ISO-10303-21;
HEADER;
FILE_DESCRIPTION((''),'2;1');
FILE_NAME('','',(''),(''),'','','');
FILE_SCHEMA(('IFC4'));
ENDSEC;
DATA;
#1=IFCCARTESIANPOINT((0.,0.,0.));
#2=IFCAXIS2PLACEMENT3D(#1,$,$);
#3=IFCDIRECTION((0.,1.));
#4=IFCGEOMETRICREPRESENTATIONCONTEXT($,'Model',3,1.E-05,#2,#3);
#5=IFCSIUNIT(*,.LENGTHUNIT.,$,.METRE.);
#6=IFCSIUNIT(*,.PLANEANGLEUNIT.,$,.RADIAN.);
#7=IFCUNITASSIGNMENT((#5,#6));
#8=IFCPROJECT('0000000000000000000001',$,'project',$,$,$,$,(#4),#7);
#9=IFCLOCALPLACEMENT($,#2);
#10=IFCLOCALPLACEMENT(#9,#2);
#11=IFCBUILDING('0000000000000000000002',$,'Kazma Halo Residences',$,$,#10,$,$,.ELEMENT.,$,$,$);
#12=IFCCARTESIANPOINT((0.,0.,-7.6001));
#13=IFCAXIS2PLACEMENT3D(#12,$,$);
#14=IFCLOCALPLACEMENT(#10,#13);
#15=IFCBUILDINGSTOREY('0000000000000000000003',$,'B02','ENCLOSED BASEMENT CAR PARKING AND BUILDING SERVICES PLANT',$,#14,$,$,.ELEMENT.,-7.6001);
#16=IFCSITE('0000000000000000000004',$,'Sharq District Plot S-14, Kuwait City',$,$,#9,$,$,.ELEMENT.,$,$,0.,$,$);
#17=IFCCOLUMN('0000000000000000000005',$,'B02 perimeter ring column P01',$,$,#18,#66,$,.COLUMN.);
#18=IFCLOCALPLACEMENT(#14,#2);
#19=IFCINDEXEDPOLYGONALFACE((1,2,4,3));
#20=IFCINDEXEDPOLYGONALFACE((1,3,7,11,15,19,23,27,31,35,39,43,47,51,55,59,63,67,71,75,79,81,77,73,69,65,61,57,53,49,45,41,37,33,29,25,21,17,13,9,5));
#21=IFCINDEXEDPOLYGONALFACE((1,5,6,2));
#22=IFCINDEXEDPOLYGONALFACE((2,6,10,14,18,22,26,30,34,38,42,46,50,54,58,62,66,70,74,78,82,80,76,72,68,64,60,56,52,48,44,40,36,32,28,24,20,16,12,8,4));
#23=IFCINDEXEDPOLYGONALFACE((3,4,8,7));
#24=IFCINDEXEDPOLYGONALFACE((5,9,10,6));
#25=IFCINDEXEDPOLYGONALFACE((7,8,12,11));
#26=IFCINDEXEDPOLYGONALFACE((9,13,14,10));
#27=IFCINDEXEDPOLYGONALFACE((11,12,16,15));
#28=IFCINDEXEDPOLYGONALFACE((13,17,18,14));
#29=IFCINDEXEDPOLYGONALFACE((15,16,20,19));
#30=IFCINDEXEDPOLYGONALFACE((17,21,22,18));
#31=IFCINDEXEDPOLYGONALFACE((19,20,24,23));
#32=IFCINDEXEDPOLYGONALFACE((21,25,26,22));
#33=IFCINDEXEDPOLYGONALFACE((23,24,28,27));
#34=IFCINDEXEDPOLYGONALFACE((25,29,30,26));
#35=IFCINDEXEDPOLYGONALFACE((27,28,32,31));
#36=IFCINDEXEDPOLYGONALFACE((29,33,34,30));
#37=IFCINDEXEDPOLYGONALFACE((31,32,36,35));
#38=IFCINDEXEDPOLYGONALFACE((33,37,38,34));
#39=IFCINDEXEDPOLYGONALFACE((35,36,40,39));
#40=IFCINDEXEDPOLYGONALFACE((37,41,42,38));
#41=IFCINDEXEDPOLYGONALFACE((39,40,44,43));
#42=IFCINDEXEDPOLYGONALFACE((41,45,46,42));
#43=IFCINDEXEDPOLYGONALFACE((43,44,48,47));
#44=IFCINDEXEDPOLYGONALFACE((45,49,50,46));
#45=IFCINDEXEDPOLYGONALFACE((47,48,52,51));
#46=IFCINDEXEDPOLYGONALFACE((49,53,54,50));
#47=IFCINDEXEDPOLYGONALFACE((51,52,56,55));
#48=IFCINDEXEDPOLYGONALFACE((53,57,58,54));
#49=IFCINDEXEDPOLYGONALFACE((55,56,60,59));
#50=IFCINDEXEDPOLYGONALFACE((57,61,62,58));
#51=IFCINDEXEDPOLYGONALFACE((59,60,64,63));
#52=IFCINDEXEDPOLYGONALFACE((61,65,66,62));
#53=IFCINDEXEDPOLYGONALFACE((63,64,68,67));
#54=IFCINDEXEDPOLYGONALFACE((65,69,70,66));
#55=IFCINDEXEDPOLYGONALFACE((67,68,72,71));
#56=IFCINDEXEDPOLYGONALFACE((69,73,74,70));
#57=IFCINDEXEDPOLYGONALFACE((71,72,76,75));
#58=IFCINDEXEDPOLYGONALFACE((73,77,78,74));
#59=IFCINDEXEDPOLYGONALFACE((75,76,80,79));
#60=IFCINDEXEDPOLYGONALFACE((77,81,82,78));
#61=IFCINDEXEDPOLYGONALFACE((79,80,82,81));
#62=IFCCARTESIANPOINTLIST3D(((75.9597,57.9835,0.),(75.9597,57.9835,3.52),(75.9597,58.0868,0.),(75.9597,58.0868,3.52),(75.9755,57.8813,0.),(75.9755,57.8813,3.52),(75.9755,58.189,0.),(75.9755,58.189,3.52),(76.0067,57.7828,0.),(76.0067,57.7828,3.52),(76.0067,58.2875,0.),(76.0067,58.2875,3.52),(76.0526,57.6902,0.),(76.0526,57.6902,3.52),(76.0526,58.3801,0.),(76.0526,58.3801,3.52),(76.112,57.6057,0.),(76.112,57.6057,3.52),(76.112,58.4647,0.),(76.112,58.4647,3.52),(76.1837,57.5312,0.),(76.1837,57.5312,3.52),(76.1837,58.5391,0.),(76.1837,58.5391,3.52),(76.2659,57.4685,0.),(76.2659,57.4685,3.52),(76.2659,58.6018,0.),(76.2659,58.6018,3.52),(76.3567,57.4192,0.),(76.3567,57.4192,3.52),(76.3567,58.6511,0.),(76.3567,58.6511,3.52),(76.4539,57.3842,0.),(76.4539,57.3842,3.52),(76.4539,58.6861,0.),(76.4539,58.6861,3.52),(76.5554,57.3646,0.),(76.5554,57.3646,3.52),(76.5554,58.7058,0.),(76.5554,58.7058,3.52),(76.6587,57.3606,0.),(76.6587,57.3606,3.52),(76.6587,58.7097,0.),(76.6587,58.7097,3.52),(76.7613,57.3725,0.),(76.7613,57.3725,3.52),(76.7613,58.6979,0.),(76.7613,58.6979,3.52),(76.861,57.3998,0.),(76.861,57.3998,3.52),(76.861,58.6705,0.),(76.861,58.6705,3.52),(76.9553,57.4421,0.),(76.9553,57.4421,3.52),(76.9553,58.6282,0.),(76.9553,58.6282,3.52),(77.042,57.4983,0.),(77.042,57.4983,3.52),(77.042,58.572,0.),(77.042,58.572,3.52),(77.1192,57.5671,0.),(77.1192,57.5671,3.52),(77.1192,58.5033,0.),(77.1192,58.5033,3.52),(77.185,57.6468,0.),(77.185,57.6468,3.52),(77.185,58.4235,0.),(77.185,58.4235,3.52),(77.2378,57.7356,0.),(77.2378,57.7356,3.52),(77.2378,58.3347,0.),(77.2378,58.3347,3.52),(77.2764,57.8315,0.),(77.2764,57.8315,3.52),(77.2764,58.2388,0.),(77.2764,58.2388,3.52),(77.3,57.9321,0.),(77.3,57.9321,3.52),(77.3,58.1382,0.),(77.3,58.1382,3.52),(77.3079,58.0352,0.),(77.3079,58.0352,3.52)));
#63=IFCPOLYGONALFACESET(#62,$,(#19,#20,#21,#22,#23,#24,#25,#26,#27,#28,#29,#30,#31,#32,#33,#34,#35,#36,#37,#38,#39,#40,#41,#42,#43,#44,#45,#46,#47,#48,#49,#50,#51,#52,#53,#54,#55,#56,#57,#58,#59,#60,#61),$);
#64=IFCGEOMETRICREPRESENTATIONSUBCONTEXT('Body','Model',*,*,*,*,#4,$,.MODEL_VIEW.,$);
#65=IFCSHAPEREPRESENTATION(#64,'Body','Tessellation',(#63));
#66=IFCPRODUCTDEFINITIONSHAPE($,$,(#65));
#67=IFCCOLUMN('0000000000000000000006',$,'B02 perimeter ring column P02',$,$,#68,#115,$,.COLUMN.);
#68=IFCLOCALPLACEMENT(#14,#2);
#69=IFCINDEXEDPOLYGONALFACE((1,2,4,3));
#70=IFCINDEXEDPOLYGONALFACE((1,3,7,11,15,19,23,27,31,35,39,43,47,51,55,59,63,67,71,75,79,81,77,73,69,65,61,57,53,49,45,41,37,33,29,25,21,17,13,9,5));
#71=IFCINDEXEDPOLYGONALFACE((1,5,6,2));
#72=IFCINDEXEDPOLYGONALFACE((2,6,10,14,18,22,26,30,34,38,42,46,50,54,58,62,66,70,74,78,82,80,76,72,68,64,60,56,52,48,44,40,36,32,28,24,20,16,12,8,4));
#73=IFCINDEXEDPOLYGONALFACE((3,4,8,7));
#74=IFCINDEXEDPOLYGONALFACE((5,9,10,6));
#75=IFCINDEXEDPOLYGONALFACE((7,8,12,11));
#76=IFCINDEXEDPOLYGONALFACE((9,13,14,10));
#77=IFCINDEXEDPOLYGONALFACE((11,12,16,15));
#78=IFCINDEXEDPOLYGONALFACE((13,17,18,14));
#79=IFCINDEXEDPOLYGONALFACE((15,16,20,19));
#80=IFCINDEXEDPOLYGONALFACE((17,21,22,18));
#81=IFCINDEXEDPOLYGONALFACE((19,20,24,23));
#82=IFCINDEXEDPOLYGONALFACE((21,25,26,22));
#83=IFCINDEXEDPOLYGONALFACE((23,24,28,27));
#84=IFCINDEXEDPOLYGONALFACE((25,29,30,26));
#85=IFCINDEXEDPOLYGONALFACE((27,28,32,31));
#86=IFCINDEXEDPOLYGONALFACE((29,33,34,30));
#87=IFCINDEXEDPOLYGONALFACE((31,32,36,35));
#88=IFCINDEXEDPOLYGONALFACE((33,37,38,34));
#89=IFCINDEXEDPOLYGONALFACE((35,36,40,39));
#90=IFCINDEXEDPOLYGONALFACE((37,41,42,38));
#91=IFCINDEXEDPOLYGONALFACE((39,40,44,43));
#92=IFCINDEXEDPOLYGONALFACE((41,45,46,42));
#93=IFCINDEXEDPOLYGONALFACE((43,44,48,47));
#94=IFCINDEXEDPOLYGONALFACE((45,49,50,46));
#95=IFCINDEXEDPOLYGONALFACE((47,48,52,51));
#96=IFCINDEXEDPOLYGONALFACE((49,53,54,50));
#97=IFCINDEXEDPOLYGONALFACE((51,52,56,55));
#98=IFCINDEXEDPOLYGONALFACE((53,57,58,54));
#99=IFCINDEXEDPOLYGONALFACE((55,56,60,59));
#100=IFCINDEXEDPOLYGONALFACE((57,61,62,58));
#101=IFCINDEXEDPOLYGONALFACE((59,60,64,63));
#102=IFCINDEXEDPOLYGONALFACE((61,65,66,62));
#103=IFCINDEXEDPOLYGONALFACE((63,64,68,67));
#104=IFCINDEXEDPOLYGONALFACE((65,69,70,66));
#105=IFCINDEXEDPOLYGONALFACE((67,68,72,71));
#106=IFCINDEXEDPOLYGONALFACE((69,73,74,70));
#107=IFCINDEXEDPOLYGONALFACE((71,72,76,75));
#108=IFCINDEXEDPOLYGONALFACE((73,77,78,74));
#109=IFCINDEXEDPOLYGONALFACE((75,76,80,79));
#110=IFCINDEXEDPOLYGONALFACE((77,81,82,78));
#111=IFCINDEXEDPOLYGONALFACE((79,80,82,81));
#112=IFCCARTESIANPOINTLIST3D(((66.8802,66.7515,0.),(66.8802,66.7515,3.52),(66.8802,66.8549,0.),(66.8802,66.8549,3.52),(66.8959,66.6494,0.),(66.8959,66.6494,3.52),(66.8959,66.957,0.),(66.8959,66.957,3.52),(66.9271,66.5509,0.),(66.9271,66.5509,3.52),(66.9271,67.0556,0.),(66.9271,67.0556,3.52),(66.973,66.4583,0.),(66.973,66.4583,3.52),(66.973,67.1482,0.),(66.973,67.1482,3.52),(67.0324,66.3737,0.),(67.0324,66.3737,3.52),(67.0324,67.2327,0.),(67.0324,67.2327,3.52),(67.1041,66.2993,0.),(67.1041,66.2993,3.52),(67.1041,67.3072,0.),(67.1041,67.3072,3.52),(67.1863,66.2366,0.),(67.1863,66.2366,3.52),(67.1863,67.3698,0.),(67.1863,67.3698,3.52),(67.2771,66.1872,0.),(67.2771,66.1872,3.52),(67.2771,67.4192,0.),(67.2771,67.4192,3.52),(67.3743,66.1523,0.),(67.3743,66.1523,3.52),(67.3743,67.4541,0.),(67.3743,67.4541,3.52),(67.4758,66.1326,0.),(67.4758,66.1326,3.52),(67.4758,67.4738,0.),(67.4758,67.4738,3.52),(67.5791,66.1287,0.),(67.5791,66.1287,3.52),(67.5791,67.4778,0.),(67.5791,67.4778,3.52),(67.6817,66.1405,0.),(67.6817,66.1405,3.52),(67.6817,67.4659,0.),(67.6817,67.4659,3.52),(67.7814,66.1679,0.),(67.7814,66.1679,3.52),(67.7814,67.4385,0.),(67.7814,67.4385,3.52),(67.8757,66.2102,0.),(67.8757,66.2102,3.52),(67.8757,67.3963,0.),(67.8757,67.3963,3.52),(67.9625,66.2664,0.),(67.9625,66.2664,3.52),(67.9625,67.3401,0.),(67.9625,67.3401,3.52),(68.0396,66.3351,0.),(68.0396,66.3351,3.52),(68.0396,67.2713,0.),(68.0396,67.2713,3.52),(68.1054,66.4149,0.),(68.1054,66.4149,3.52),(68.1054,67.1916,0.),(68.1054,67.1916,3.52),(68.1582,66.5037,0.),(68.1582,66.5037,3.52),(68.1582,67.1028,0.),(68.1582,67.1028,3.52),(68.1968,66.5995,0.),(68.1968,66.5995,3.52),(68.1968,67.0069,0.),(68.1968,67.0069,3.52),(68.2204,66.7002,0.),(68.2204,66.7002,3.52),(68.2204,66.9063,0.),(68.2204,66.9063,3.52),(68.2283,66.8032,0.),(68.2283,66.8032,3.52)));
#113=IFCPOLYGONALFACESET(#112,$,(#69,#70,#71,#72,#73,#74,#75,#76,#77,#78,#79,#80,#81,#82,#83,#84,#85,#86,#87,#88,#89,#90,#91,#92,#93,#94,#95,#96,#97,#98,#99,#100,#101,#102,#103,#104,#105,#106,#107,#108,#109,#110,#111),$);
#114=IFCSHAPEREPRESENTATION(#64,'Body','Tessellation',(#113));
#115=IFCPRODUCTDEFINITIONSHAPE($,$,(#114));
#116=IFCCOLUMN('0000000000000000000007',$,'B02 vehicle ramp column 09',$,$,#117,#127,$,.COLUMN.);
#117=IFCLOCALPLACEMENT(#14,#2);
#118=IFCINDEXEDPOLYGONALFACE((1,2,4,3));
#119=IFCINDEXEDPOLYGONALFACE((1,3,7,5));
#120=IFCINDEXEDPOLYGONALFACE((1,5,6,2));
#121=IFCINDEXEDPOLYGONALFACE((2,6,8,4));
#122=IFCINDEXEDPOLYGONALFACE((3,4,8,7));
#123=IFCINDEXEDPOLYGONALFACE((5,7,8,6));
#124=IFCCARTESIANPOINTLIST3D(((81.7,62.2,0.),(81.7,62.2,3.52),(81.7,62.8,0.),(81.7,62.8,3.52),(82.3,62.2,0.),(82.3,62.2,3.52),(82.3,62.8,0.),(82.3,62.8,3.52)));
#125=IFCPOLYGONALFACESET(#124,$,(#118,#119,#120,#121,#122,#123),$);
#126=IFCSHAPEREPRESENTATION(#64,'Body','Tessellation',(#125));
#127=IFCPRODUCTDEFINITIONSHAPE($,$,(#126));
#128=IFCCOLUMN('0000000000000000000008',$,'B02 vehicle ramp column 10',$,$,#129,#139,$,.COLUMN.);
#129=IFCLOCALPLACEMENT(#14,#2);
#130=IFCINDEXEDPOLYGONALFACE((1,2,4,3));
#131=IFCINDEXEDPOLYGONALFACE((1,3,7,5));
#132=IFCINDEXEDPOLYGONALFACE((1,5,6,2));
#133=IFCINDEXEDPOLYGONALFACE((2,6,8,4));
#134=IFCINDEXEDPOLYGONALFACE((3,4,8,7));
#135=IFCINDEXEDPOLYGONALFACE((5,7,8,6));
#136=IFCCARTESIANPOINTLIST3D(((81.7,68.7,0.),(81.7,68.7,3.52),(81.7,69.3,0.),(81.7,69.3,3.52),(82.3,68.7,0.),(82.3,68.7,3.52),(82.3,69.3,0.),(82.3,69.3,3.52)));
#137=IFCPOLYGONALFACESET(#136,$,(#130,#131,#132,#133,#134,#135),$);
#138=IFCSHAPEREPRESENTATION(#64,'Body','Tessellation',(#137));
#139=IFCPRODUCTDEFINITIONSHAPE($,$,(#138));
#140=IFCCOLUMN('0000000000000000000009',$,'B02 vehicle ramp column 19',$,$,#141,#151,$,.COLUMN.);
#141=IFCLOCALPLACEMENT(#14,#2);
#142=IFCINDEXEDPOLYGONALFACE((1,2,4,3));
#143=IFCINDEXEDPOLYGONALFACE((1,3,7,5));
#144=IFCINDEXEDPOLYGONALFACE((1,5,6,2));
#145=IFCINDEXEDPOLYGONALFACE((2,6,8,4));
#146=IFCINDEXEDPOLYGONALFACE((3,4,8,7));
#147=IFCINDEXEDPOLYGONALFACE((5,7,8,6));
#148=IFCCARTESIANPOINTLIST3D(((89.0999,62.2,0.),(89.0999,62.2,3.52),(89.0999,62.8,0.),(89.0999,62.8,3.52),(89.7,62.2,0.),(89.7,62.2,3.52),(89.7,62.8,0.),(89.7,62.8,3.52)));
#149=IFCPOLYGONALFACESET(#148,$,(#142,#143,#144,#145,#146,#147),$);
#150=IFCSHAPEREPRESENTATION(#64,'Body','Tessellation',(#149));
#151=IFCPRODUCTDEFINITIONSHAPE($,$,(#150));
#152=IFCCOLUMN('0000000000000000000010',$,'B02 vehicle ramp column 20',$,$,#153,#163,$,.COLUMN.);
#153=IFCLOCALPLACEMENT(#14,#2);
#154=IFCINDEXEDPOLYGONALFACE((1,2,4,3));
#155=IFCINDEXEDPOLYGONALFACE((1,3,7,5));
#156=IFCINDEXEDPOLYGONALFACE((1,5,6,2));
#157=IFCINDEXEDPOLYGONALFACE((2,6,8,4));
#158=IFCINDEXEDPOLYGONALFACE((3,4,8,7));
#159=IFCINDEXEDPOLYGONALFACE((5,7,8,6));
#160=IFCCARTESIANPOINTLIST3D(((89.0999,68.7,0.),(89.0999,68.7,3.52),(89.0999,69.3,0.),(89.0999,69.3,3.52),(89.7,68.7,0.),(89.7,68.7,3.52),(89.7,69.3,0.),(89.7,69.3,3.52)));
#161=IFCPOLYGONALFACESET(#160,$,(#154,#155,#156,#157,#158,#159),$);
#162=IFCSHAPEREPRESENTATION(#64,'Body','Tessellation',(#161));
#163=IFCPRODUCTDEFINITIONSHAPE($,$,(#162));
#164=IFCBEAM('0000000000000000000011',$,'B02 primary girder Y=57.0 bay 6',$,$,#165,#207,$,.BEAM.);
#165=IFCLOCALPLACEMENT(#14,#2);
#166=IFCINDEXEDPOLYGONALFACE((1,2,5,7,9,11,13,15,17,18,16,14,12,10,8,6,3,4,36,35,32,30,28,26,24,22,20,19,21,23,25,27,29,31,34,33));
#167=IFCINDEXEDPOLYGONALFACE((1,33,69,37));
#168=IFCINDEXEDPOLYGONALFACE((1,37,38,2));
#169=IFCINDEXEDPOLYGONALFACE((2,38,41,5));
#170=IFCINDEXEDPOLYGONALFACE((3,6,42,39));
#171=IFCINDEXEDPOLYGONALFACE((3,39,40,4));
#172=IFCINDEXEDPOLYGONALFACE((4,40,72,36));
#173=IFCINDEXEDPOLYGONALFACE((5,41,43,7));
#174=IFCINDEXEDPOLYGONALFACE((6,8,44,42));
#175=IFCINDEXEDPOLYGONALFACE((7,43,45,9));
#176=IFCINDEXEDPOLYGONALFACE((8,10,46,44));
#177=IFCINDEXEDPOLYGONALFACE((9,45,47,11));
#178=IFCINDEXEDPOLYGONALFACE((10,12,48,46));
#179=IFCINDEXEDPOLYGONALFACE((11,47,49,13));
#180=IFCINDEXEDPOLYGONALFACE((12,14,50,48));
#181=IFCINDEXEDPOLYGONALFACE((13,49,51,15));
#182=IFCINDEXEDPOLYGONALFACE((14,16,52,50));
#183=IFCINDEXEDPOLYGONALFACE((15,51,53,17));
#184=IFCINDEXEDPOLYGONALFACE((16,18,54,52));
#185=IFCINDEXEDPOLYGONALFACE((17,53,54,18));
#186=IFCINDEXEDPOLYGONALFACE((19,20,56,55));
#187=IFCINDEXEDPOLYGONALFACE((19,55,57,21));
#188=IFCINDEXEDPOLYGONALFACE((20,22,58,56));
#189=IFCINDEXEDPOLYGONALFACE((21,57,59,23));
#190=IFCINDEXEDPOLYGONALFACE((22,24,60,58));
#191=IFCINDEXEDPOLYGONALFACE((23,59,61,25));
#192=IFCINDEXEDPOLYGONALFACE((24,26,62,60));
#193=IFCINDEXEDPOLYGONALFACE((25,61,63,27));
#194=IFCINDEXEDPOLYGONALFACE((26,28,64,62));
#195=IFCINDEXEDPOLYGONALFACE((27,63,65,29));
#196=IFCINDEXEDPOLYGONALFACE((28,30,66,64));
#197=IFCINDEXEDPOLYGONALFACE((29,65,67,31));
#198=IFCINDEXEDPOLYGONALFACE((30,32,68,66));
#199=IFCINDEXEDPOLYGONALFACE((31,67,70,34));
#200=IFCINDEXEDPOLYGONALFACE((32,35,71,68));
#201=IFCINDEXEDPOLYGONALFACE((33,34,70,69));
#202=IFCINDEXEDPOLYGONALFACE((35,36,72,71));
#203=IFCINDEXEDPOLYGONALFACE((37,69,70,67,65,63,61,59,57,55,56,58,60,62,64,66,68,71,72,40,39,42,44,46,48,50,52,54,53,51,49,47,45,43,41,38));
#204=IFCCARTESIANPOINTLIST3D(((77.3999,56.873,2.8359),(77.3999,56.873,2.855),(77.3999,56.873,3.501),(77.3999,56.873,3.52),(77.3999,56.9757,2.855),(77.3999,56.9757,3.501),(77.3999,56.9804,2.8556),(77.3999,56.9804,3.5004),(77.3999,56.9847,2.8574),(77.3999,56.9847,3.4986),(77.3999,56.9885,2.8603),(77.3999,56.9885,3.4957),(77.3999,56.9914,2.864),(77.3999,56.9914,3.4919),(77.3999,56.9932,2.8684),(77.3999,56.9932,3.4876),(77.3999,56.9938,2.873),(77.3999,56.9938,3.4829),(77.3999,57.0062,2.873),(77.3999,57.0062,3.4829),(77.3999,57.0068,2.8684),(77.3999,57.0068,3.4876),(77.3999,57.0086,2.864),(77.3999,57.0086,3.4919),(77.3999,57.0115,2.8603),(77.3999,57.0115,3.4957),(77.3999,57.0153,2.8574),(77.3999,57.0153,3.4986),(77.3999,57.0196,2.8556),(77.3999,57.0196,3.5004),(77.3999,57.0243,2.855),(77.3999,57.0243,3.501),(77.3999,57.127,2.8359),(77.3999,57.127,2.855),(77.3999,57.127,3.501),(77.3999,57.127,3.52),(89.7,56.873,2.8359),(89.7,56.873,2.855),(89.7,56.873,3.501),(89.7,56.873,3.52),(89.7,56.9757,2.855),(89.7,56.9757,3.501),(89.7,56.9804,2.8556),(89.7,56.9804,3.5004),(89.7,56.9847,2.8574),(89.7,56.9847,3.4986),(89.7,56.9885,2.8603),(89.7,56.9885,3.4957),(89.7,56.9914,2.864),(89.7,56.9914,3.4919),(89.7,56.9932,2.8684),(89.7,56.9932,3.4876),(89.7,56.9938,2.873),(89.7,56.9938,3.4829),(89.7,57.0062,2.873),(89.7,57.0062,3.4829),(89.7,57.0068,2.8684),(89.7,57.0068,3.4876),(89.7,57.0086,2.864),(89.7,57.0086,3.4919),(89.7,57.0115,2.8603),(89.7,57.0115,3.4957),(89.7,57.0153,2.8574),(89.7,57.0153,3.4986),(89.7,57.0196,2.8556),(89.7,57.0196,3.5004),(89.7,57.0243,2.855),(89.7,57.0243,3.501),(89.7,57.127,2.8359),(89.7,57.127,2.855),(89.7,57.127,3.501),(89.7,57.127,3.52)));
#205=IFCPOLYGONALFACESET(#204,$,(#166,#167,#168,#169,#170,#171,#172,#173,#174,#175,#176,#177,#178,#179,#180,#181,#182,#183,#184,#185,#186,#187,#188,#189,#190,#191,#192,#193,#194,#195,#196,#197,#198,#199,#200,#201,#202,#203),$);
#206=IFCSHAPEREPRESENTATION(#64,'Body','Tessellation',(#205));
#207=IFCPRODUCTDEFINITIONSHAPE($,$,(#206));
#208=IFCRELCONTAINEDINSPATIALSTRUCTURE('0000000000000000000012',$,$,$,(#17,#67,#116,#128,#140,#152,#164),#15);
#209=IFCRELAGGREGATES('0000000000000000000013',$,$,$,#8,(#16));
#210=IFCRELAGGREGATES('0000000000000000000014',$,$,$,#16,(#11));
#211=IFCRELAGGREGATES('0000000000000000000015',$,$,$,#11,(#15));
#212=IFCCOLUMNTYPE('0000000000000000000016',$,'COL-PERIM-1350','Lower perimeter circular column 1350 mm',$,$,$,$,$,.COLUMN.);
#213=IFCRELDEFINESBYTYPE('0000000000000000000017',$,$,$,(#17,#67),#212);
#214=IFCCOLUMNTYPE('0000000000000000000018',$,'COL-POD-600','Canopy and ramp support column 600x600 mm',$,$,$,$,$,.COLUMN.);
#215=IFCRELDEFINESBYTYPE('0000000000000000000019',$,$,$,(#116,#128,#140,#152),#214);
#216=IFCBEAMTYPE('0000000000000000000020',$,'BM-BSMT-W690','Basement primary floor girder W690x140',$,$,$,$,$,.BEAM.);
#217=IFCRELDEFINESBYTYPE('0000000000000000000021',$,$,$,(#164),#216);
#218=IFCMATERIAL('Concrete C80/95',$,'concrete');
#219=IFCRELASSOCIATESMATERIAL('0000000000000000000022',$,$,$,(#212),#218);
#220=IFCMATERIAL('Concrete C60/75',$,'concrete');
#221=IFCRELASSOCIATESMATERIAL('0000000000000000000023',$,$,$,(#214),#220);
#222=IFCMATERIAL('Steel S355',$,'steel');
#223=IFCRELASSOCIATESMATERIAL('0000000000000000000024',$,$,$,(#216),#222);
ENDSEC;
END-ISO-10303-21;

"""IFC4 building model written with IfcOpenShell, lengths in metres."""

from ifc_helpers import new_model, si_unit, direction, frame, origin, origin_2d, place, context, subcontext, project, spatial, rectangle, circle, i_section, extrude, material, material_profile, profile_set, type_object, element, save


model = new_model("IFC4")

# Units and contexts
model_context = context("Model", 3, precision=1e-05, world=origin(), true_north=direction((0.0, 1.0)))
body_context = subcontext(model_context, "Body", "Model", "MODEL_VIEW")
ifc_project = project(units=[si_unit("LENGTHUNIT", "METRE"), si_unit("PLANEANGLEUNIT", "RADIAN")], contexts=[model_context])

# Site, building, storey
site_placement = place(None, origin())
site = spatial("IfcSite", under=ifc_project, at=site_placement, Name="Sharq District Plot S-14, Kuwait City", CompositionType="ELEMENT", RefElevation=0.0)
building_placement = place(site_placement, origin())
building = spatial("IfcBuilding", under=site, at=building_placement, Name="Kazma Halo Residences", CompositionType="ELEMENT")
storey_placement = place(building_placement, frame((0.0, 0.0, -7.6001)))
storey = spatial("IfcBuildingStorey", under=building, at=storey_placement, Name="B02", Description="ENCLOSED BASEMENT CAR PARKING AND BUILDING SERVICES PLANT", CompositionType="ELEMENT", Elevation=-7.6001)

# Shared definitions
ifc_material_1 = material(Name="Concrete C60/75", Category="concrete")

# Columns
ifc_material_2 = material(Name="Concrete C80/95", Category="concrete")
ifc_material_profile_1 = material_profile(ifc_material_2, circle(Radius=0.675, at=origin_2d()), Name="CIRC1350")
ifc_profile_set_1 = profile_set([ifc_material_profile_1], Name="Concrete C80/95")
column_type_1 = type_object("IfcColumnType", Name="COL-PERIM-1350", Description="Lower perimeter circular column 1350 mm", PredefinedType="COLUMN", material=ifc_profile_set_1)
for number, where, z_axis, x_axis, name in (
    (1, (76.6328, 58.0352, 0.0), (0.0, 0.0, 1.0), (1.0, 0.0, 0.0), "B02 perimeter ring column P01"),
    (2, (67.5532, 66.8032, 0.0), (0.0, 0.0, 1.0), (1.0, 0.0, 0.0), "B02 perimeter ring column P02"),
):
    element("IfcColumn", number, at=place(storey_placement, frame(where, z_axis=z_axis, x_axis=x_axis)), inside=storey, type_object=column_type_1, Name=name, PredefinedType="COLUMN", context=body_context, shape_type="SweptSolid", body=[
        extrude(circle(Radius=0.675, at=origin_2d()), origin(), (0.0, 0.0, 1.0), 3.52),
    ])
ifc_material_profile_2 = material_profile(ifc_material_1, rectangle(XDim=0.6001, YDim=0.6001, at=origin_2d()), Name="RECT600x600")
ifc_profile_set_2 = profile_set([ifc_material_profile_2], Name="Concrete C60/75")
column_type_2 = type_object("IfcColumnType", Name="COL-POD-600", Description="Canopy and ramp support column 600x600 mm", PredefinedType="COLUMN", material=ifc_profile_set_2)
for number, where, z_axis, x_axis, name in (
    (3, (82.0, 62.5, 0.0), (0.0, 0.0, 1.0), (1.0, 0.0, 0.0), "B02 vehicle ramp column 09"),
    (4, (82.0, 69.0, 0.0), (0.0, 0.0, 1.0), (1.0, 0.0, 0.0), "B02 vehicle ramp column 10"),
    (5, (89.3999, 62.5, 0.0), (0.0, 0.0, 1.0), (1.0, 0.0, 0.0), "B02 vehicle ramp column 19"),
    (6, (89.3999, 69.0, 0.0), (0.0, 0.0, 1.0), (1.0, 0.0, 0.0), "B02 vehicle ramp column 20"),
):
    element("IfcColumn", number, at=place(storey_placement, frame(where, z_axis=z_axis, x_axis=x_axis)), inside=storey, type_object=column_type_2, Name=name, PredefinedType="COLUMN", context=body_context, shape_type="SweptSolid", body=[
        extrude(rectangle(XDim=0.6001, YDim=0.6001, at=origin_2d()), origin(), (0.0, 0.0, 1.0), 3.52),
    ])

# Beam
ifc_material_3 = material(Name="Steel S355", Category="steel")
ifc_material_profile_3 = material_profile(ifc_material_3, i_section(OverallWidth=0.2539, OverallDepth=0.6841, WebThickness=0.0125, FlangeThickness=0.019, FilletRadius=0.0181, at=origin_2d()), Name="W690x140")
ifc_profile_set_3 = profile_set([ifc_material_profile_3], Name="Steel S355")
beam_type_1 = type_object("IfcBeamType", Name="BM-BSMT-W690", Description="Basement primary floor girder W690x140", PredefinedType="BEAM", material=ifc_profile_set_3)
beam_1_placement = place(storey_placement, frame((77.3999, 57.0, 3.178), z_axis=(1.0, 0.0, 0.0), x_axis=(0.0, 1.0, 0.0)))
element("IfcBeam", 7, at=beam_1_placement, inside=storey, type_object=beam_type_1, Name="B02 primary girder Y=57.0 bay 6", PredefinedType="BEAM", context=body_context, shape_type="SweptSolid", body=[
    extrude(i_section(OverallWidth=0.2539, OverallDepth=0.6841, WebThickness=0.0125, FlangeThickness=0.019, FilletRadius=0.0181, at=origin_2d()), origin(), (0.0, 0.0, 1.0), 12.3),
])

save(model, "model.ifc")
